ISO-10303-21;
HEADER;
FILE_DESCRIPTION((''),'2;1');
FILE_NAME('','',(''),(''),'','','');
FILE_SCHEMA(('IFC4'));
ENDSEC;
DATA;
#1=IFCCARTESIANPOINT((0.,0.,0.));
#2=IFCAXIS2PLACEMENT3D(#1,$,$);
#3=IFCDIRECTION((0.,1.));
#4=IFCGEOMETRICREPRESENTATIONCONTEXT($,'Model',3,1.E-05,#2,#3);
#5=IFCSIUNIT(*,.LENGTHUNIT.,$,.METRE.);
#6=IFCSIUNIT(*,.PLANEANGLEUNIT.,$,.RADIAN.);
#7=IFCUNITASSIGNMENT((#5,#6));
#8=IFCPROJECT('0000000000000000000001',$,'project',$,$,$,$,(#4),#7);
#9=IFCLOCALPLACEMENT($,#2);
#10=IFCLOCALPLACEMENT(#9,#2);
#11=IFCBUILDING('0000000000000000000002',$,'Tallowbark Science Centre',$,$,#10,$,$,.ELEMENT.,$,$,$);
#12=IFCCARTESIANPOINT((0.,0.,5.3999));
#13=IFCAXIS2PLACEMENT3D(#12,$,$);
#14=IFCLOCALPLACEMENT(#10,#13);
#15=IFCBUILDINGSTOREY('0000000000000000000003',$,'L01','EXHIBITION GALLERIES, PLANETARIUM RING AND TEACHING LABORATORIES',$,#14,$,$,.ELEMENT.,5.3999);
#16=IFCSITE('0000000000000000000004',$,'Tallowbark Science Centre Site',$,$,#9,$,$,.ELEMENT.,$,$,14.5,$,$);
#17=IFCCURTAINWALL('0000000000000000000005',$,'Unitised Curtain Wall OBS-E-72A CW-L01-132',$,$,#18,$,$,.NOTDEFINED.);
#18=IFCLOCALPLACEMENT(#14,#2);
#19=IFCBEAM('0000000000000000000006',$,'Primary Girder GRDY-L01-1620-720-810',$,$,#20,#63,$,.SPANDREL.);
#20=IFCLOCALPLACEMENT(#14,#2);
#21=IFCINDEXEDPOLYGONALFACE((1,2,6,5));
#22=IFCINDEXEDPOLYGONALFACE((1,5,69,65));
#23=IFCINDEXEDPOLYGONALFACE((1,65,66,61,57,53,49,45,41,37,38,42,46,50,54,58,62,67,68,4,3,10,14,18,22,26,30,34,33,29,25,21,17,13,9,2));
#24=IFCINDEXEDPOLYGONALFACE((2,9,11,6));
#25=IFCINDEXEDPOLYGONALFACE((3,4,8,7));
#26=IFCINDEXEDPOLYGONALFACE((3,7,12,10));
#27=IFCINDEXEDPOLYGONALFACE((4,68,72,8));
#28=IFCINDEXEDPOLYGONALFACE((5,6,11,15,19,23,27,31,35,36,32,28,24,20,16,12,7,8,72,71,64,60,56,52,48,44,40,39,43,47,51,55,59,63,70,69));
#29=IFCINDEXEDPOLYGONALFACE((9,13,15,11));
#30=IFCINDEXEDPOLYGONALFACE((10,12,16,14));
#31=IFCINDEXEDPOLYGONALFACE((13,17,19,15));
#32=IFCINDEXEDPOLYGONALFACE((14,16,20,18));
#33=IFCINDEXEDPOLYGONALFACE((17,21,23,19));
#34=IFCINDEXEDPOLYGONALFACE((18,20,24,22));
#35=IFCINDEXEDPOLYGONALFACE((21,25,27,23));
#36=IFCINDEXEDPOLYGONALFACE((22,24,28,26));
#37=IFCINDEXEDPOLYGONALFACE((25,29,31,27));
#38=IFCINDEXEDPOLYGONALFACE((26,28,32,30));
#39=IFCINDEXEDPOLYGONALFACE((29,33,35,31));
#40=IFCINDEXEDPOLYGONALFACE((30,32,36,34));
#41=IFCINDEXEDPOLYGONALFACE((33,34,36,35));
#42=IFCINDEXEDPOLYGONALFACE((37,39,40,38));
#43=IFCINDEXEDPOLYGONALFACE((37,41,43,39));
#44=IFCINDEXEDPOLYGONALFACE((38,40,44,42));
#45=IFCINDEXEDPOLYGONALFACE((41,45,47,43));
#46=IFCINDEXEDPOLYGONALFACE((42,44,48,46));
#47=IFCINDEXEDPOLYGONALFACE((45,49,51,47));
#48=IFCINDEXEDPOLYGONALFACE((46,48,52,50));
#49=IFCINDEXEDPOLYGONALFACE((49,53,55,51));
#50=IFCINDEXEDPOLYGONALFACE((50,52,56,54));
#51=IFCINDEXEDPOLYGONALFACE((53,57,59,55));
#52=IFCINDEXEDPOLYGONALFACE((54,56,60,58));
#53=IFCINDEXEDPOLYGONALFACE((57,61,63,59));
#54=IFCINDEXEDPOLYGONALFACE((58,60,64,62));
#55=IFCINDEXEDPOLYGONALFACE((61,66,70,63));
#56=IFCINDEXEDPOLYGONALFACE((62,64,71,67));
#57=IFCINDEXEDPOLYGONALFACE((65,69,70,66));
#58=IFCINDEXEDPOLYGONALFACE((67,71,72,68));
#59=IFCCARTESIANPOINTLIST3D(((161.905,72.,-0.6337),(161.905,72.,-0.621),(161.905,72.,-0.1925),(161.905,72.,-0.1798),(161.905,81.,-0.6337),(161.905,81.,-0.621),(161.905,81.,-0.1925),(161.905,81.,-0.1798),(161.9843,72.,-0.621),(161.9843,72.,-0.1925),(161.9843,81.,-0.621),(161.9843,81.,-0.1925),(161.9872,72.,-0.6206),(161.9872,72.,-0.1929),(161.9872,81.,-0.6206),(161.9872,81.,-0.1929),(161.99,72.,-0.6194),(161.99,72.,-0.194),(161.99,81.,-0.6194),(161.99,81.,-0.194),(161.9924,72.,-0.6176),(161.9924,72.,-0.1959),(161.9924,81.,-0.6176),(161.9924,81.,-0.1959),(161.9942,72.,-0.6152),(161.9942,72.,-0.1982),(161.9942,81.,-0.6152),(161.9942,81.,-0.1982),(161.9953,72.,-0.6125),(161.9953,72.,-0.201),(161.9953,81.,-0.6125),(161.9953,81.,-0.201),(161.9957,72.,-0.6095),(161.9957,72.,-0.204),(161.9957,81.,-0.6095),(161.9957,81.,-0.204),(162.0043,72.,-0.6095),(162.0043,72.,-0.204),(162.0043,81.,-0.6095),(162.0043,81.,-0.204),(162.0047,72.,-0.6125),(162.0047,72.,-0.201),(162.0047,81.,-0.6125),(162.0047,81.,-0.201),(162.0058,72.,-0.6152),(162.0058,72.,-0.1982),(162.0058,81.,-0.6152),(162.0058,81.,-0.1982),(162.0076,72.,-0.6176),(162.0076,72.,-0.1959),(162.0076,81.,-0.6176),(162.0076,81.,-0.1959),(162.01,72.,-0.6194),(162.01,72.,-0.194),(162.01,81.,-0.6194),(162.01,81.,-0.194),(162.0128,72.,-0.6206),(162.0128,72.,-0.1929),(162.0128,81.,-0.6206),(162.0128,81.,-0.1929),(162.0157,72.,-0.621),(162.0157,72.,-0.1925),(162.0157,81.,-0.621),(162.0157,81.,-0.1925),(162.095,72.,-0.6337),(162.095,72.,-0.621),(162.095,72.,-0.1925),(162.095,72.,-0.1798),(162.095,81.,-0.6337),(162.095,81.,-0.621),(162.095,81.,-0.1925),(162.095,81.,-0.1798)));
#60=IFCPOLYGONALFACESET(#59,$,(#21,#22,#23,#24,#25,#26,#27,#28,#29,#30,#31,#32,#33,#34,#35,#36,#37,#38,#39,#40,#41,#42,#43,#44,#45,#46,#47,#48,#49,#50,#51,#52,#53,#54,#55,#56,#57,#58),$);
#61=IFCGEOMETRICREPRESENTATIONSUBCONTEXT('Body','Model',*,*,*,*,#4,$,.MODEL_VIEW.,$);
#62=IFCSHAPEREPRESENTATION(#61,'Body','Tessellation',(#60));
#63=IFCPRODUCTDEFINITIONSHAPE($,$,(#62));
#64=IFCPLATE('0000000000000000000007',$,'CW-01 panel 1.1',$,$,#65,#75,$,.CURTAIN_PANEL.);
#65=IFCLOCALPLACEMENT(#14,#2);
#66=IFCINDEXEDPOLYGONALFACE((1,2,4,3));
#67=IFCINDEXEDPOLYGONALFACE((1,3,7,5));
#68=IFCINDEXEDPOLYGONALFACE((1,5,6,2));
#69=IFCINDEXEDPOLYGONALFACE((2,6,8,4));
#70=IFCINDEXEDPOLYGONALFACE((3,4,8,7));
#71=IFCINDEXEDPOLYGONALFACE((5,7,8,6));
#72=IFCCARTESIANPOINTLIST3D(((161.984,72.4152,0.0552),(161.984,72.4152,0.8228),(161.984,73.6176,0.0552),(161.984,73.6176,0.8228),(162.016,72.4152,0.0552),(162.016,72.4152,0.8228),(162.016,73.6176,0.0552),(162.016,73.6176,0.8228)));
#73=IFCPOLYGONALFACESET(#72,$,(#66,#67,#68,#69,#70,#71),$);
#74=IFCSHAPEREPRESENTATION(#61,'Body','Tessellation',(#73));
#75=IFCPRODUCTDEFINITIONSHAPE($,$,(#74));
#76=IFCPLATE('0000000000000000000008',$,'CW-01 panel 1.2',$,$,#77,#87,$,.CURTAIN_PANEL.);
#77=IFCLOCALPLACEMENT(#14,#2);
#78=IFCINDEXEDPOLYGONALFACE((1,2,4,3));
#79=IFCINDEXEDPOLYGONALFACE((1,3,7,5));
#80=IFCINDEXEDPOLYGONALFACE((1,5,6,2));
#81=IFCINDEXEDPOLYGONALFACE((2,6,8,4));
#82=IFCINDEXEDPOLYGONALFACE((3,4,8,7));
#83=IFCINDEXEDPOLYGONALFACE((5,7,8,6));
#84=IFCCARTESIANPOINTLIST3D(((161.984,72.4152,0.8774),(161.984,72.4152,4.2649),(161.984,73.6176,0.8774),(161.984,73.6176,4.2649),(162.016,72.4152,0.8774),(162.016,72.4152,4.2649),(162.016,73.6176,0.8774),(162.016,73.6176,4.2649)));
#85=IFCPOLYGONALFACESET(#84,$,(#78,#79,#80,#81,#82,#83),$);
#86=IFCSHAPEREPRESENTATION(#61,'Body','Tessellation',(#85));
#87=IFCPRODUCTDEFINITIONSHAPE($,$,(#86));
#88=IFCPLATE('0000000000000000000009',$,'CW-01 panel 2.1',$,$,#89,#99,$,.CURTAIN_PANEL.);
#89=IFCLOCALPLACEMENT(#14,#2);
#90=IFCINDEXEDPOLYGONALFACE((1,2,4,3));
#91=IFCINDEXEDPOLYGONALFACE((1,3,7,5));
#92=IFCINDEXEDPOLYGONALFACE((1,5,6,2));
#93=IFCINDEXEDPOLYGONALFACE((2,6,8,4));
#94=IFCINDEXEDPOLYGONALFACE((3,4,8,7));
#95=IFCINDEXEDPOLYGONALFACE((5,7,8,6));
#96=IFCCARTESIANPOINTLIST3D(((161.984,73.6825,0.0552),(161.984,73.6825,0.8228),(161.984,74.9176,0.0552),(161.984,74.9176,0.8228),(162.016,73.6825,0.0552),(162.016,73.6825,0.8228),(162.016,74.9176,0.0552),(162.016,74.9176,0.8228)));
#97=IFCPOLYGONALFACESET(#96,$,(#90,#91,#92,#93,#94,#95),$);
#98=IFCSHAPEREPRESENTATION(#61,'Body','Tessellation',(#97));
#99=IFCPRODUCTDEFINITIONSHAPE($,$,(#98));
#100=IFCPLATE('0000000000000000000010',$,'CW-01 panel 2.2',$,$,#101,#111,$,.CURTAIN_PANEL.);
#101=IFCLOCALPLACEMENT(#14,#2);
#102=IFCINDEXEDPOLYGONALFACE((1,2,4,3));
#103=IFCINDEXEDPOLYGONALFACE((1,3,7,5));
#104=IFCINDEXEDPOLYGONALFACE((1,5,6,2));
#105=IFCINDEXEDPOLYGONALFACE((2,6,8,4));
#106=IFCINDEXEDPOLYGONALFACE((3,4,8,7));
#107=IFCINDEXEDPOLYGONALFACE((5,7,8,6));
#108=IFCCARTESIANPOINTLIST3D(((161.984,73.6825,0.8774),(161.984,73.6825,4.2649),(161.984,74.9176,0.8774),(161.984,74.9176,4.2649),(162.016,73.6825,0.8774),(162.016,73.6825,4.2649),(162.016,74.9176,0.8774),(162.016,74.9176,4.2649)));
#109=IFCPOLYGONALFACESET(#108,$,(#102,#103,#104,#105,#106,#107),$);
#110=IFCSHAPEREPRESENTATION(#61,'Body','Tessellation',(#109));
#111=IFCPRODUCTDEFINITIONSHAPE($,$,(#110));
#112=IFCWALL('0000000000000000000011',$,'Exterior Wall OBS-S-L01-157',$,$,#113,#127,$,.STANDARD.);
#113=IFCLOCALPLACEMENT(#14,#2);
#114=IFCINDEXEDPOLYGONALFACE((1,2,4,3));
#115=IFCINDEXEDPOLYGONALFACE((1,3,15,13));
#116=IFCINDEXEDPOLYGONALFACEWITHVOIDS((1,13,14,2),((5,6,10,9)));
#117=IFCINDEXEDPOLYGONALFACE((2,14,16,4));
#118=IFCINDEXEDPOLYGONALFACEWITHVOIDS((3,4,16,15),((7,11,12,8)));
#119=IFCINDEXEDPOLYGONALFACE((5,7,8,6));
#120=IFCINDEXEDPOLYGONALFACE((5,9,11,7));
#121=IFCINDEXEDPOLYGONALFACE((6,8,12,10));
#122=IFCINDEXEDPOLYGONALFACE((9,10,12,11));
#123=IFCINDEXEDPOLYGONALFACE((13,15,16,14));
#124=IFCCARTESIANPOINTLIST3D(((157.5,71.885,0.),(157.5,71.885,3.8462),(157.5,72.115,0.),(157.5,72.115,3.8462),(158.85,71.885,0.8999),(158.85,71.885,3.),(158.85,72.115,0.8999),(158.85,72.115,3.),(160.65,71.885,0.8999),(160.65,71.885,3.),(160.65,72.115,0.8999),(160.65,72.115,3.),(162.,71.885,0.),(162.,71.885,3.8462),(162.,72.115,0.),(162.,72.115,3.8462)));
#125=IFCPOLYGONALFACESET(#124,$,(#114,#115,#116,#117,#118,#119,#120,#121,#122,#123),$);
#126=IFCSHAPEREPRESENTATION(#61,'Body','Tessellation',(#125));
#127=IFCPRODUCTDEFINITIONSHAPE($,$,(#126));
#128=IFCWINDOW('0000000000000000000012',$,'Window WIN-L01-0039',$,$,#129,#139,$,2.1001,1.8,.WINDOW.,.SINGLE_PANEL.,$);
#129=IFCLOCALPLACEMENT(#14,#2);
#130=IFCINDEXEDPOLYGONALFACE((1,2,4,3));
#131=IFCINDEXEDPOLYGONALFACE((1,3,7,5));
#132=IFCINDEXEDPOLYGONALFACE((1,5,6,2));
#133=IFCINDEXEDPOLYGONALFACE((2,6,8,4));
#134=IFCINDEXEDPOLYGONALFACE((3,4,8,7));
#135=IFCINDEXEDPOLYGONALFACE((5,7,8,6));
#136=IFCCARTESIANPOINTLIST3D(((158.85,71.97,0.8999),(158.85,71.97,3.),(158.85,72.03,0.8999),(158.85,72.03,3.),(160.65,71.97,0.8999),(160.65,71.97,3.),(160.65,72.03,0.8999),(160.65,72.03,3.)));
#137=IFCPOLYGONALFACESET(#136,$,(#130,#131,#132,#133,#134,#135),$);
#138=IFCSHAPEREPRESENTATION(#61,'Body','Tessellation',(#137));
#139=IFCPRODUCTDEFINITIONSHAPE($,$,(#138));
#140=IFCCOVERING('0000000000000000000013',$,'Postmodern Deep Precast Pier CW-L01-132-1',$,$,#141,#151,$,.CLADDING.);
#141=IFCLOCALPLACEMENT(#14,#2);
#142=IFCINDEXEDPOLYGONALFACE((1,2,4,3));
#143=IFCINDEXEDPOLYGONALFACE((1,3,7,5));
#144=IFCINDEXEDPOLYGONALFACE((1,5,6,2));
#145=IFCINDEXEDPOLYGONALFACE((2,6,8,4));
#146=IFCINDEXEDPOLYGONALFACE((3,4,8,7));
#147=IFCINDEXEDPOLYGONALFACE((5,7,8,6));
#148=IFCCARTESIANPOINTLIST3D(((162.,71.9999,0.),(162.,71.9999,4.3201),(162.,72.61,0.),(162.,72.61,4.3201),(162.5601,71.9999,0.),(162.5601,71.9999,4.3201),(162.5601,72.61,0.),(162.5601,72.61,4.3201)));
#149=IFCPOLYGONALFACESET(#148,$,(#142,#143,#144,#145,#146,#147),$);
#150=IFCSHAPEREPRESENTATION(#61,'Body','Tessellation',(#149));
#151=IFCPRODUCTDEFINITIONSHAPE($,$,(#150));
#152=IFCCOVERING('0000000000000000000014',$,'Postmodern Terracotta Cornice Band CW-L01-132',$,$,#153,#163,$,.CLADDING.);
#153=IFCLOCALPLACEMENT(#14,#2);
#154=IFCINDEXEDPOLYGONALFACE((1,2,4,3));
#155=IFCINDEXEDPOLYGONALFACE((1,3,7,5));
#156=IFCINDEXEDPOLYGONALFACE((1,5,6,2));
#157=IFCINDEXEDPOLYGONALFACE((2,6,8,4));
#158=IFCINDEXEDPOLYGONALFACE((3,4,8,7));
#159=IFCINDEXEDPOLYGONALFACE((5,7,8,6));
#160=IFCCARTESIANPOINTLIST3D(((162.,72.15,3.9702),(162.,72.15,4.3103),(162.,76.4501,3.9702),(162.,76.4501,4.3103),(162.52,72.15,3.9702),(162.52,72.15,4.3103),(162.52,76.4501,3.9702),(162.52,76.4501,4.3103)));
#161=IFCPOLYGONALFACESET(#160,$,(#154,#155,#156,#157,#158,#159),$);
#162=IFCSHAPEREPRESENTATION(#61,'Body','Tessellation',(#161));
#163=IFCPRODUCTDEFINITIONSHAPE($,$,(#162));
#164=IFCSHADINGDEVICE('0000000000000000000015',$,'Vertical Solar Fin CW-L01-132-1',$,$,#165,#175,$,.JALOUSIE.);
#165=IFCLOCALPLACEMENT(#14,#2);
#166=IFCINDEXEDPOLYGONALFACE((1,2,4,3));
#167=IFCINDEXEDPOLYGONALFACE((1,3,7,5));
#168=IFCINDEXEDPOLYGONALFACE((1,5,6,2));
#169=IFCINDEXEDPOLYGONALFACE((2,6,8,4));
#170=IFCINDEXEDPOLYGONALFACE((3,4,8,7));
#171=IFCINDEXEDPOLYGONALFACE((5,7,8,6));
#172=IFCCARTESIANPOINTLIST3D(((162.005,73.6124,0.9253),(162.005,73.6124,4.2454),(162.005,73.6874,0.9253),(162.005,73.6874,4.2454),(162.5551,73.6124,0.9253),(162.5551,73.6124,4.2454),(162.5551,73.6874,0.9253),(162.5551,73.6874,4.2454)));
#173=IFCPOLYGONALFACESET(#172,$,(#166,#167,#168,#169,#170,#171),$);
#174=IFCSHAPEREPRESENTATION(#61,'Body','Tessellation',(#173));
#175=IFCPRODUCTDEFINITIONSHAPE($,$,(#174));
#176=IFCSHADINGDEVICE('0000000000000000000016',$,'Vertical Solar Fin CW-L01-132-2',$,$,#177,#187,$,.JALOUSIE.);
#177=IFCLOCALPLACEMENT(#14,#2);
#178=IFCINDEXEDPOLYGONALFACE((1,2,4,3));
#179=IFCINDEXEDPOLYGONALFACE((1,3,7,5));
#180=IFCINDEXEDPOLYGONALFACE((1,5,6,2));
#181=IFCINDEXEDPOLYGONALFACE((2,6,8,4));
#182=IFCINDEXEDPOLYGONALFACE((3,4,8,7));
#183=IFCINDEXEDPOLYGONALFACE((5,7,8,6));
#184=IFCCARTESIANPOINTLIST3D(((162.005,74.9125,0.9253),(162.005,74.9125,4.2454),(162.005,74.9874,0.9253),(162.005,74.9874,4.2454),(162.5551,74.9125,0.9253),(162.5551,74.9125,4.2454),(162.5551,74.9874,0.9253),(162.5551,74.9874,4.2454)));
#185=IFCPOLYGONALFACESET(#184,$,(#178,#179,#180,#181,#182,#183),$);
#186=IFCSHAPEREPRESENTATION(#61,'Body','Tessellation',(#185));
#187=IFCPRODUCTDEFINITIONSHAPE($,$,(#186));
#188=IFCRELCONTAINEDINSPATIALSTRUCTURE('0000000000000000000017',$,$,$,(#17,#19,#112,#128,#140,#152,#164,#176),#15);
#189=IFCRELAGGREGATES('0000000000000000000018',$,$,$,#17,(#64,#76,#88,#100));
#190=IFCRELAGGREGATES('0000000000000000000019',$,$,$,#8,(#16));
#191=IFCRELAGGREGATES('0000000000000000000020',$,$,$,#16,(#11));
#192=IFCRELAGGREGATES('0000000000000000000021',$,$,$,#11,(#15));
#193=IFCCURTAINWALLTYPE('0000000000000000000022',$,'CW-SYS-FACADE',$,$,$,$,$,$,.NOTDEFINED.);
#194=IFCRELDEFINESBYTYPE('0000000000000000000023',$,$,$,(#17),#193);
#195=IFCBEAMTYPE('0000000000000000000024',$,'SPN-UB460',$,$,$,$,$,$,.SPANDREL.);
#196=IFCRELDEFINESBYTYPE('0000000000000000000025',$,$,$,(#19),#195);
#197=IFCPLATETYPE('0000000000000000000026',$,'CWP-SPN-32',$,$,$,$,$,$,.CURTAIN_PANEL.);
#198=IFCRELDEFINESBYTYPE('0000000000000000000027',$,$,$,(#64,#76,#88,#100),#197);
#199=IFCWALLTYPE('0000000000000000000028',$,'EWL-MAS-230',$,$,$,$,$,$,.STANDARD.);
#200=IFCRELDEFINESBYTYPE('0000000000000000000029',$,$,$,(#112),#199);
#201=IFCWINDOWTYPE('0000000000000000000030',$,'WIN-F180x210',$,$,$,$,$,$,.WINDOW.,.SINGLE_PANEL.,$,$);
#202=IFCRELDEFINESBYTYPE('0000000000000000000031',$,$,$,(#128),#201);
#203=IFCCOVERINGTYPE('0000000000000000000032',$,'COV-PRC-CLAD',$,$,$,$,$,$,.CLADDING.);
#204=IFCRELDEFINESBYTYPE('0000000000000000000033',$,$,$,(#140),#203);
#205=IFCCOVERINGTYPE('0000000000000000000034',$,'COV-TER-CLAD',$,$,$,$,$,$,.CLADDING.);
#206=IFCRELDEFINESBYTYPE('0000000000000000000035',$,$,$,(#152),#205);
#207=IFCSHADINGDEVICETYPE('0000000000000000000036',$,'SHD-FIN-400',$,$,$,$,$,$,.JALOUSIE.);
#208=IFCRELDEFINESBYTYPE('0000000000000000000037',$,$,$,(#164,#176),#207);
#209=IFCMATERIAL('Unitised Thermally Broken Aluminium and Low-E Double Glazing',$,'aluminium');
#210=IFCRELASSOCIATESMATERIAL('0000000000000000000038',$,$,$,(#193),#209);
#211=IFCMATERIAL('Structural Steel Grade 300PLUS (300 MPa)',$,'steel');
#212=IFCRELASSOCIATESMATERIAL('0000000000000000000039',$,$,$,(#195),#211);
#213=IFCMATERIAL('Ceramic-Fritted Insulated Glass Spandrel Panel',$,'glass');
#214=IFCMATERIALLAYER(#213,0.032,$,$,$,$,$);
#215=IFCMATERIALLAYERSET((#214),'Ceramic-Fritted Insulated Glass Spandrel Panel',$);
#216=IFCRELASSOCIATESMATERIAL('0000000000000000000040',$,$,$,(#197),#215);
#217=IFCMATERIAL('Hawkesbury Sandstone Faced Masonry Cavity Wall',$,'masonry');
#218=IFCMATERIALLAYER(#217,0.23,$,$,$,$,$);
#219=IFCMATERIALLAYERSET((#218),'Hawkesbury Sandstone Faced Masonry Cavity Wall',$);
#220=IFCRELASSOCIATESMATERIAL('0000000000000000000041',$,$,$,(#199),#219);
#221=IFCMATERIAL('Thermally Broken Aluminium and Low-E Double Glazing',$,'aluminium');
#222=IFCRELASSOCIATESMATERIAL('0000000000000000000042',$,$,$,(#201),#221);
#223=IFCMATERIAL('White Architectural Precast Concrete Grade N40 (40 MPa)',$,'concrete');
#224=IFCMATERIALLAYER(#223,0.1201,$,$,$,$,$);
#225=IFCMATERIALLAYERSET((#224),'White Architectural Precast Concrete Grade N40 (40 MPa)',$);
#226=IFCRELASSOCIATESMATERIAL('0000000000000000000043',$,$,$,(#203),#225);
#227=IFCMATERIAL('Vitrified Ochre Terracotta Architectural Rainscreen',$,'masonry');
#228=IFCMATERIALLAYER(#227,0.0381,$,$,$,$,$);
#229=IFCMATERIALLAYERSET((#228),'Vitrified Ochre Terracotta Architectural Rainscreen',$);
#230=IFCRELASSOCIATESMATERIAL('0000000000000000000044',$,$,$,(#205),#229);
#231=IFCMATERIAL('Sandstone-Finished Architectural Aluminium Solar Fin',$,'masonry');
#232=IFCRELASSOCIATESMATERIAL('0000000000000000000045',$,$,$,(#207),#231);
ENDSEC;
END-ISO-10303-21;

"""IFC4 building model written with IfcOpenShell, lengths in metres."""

from ifc_helpers import new_model, si_unit, direction, frame, frame_2d, origin, origin_2d, place, context, subcontext, project, spatial, rectangle, i_section, extrude, material, layer, layer_set, material_profile, profile_set, type_object, element, fill, aggregate, save


model = new_model("IFC4")

# Units and contexts
model_context = context("Model", 3, precision=1e-05, world=origin(), true_north=direction((0.0, 1.0)))
body_context = subcontext(model_context, "Body", "Model", "MODEL_VIEW")
ifc_project = project(units=[si_unit("LENGTHUNIT", "METRE"), si_unit("PLANEANGLEUNIT", "RADIAN")], contexts=[model_context])

# Site, building, storey
site_placement = place(None, origin())
site = spatial("IfcSite", under=ifc_project, at=site_placement, Name="Tallowbark Science Centre Site", CompositionType="ELEMENT", RefElevation=14.5)
building_placement = place(site_placement, origin())
building = spatial("IfcBuilding", under=site, at=building_placement, Name="Tallowbark Science Centre", CompositionType="ELEMENT")
storey_placement = place(building_placement, frame((0.0, 0.0, 5.3999)))
storey = spatial("IfcBuildingStorey", under=building, at=storey_placement, Name="L01", Description="EXHIBITION GALLERIES, PLANETARIUM RING AND TEACHING LABORATORIES", CompositionType="ELEMENT", Elevation=5.3999)

# Shared definitions
ifc_material_1 = material(Name="Structural Steel Grade 300PLUS (300 MPa)", Category="steel")

# Curtain wall
ifc_material_2 = material(Name="Unitised Thermally Broken Aluminium and Low-E Double Glazing", Category="aluminium")
curtain_wall_type = type_object("IfcCurtainWallType", Name="CW-SYS-FACADE", PredefinedType="NOTDEFINED", material=ifc_material_2)
curtain_wall_placement = place(storey_placement, origin())
curtain_wall = element("IfcCurtainWall", 1, at=curtain_wall_placement, inside=storey, type_object=curtain_wall_type, Name="Unitised Curtain Wall OBS-E-72A CW-L01-132", PredefinedType="NOTDEFINED")

# Beam
ifc_material_profile_1 = material_profile(ifc_material_1, i_section(OverallWidth=0.1899, OverallDepth=0.4539, WebThickness=0.0085, FlangeThickness=0.0127, FilletRadius=0.0115, at=origin_2d()), Name="460UB67.1")
ifc_profile_set_1 = profile_set([ifc_material_profile_1], Name="Structural Steel Grade 300PLUS (300 MPa)")
beam_type_1 = type_object("IfcBeamType", Name="SPN-UB460", PredefinedType="SPANDREL", material=ifc_profile_set_1)
for number, where, z_axis, x_axis, name in (
    (2, (162.0, 72.0, -0.4067), (0.0, 1.0, 0.0), (-1.0, 0.0, 0.0), "Primary Girder GRDY-L01-1620-720-810"),
):
    element("IfcBeam", number, at=place(storey_placement, frame(where, z_axis=z_axis, x_axis=x_axis)), inside=storey, type_object=beam_type_1, Name=name, PredefinedType="SPANDREL", context=body_context, shape_type="SweptSolid", body=[
        extrude(i_section(OverallWidth=0.1899, OverallDepth=0.4539, WebThickness=0.0085, FlangeThickness=0.0127, FilletRadius=0.0115, at=origin_2d()), origin(), (0.0, 0.0, 1.0), 9.0),
    ])

# Plates
ifc_material_3 = material(Name="Ceramic-Fritted Insulated Glass Spandrel Panel", Category="glass")
ifc_layer_1 = layer(ifc_material_3, 0.032)
ifc_layer_set_1 = layer_set([ifc_layer_1], Name="Ceramic-Fritted Insulated Glass Spandrel Panel")
plate_type = type_object("IfcPlateType", Name="CWP-SPN-32", PredefinedType="CURTAIN_PANEL", material=ifc_layer_set_1)
plate_1_placement = place(storey_placement, frame((162.0, 73.0164, 0.0552), z_axis=(0.0, 0.0, 1.0), x_axis=(0.0, 1.0, 0.0)))
plate_1 = element("IfcPlate", 3, at=plate_1_placement, type_object=plate_type, Name="CW-01 panel 1.1", PredefinedType="CURTAIN_PANEL", context=body_context, shape_type="SweptSolid", body=[
    extrude(rectangle(XDim=1.2024, YDim=0.032, at=origin_2d()), origin(), (0.0, 0.0, 1.0), 0.7676),
])
plate_2_placement = place(storey_placement, frame((162.0, 73.0164, 0.8774), z_axis=(0.0, 0.0, 1.0), x_axis=(0.0, 1.0, 0.0)))
plate_2 = element("IfcPlate", 4, at=plate_2_placement, type_object=plate_type, Name="CW-01 panel 1.2", PredefinedType="CURTAIN_PANEL", context=body_context, shape_type="SweptSolid", body=[
    extrude(rectangle(XDim=1.2024, YDim=0.032, at=origin_2d()), origin(), (0.0, 0.0, 1.0), 3.3875),
])
plate_3_placement = place(storey_placement, frame((162.0, 74.3, 0.0552), z_axis=(0.0, 0.0, 1.0), x_axis=(0.0, 1.0, 0.0)))
plate_3 = element("IfcPlate", 5, at=plate_3_placement, type_object=plate_type, Name="CW-01 panel 2.1", PredefinedType="CURTAIN_PANEL", context=body_context, shape_type="SweptSolid", body=[
    extrude(rectangle(XDim=1.2351, YDim=0.032, at=origin_2d()), origin(), (0.0, 0.0, 1.0), 0.7676),
])
plate_4_placement = place(storey_placement, frame((162.0, 74.3, 0.8774), z_axis=(0.0, 0.0, 1.0), x_axis=(0.0, 1.0, 0.0)))
plate_4 = element("IfcPlate", 6, at=plate_4_placement, type_object=plate_type, Name="CW-01 panel 2.2", PredefinedType="CURTAIN_PANEL", context=body_context, shape_type="SweptSolid", body=[
    extrude(rectangle(XDim=1.2351, YDim=0.032, at=origin_2d()), origin(), (0.0, 0.0, 1.0), 3.3875),
])
aggregate(curtain_wall, [plate_1, plate_2, plate_3, plate_4])

# Wall, opening, window
ifc_material_4 = material(Name="Hawkesbury Sandstone Faced Masonry Cavity Wall", Category="masonry")
ifc_layer_2 = layer(ifc_material_4, 0.23)
ifc_layer_set_2 = layer_set([ifc_layer_2], Name="Hawkesbury Sandstone Faced Masonry Cavity Wall")
wall_type = type_object("IfcWallType", Name="EWL-MAS-230", PredefinedType="STANDARD", material=ifc_layer_set_2)
wall_placement = place(storey_placement, frame((157.5, 72.0, 0.0), z_axis=(0.0, 0.0, 1.0), x_axis=(1.0, 0.0, 0.0)))
wall = element("IfcWall", 7, at=wall_placement, inside=storey, type_object=wall_type, Name="Exterior Wall OBS-S-L01-157", PredefinedType="STANDARD", context=body_context, shape_type="SweptSolid", body=[
    extrude(rectangle(XDim=4.5, YDim=0.23, at=frame_2d((2.25, 0.0))), origin(), (0.0, 0.0, 1.0), 3.8462),
])
opening_placement = place(wall_placement, frame((1.3501, 0.0, 0.8999)))
opening = element("IfcOpeningElement", 8, at=opening_placement, cuts=wall, PredefinedType="OPENING", context=body_context, shape_type="SweptSolid", body=[
    extrude(rectangle(XDim=1.8, YDim=2.1001, at=frame_2d((0.8999, 1.05))), frame((0.0, 0.125, 0.0), z_axis=(0.0, -1.0, 0.0), x_axis=(1.0, 0.0, 0.0)), (0.0, 0.0, 1.0), 0.25),
])
ifc_material_5 = material(Name="Thermally Broken Aluminium and Low-E Double Glazing", Category="aluminium")
window_type = type_object("IfcWindowType", Name="WIN-F180x210", PartitioningType="SINGLE_PANEL", PredefinedType="WINDOW", material=ifc_material_5)
window_placement = place(opening_placement, origin())
window = element("IfcWindow", 9, at=window_placement, inside=storey, type_object=window_type, Name="Window WIN-L01-0039", OverallHeight=2.1001, OverallWidth=1.8, PartitioningType="SINGLE_PANEL", PredefinedType="WINDOW", context=body_context, shape_type="SweptSolid", body=[
    extrude(rectangle(XDim=1.8, YDim=2.1001, at=frame_2d((0.8999, 1.05))), frame((0.0, 0.03, 0.0), z_axis=(0.0, -1.0, 0.0), x_axis=(1.0, 0.0, 0.0)), (0.0, 0.0, 1.0), 0.0601),
])
fill(opening, window)

# Coverings
ifc_material_6 = material(Name="White Architectural Precast Concrete Grade N40 (40 MPa)", Category="concrete")
ifc_layer_3 = layer(ifc_material_6, 0.1201)
ifc_layer_set_3 = layer_set([ifc_layer_3], Name="White Architectural Precast Concrete Grade N40 (40 MPa)")
covering_type_1 = type_object("IfcCoveringType", Name="COV-PRC-CLAD", PredefinedType="CLADDING", material=ifc_layer_set_3)
covering_1_placement = place(storey_placement, frame((162.28, 72.3049, 0.0), z_axis=(0.0, 0.0, 1.0), x_axis=(0.0, 1.0, 0.0)))
element("IfcCovering", 10, at=covering_1_placement, inside=storey, type_object=covering_type_1, Name="Postmodern Deep Precast Pier CW-L01-132-1", PredefinedType="CLADDING", context=body_context, shape_type="SweptSolid", body=[
    extrude(rectangle(XDim=0.6101, YDim=0.5601, at=origin_2d()), origin(), (0.0, 0.0, 1.0), 4.3201),
])
ifc_material_7 = material(Name="Vitrified Ochre Terracotta Architectural Rainscreen", Category="masonry")
ifc_layer_4 = layer(ifc_material_7, 0.0381)
ifc_layer_set_4 = layer_set([ifc_layer_4], Name="Vitrified Ochre Terracotta Architectural Rainscreen")
covering_type_2 = type_object("IfcCoveringType", Name="COV-TER-CLAD", PredefinedType="CLADDING", material=ifc_layer_set_4)
covering_2_placement = place(storey_placement, frame((162.26, 74.3, 3.9702), z_axis=(0.0, 0.0, 1.0), x_axis=(0.0, 1.0, 0.0)))
element("IfcCovering", 11, at=covering_2_placement, inside=storey, type_object=covering_type_2, Name="Postmodern Terracotta Cornice Band CW-L01-132", PredefinedType="CLADDING", context=body_context, shape_type="SweptSolid", body=[
    extrude(rectangle(XDim=4.3, YDim=0.52, at=origin_2d()), origin(), (0.0, 0.0, 1.0), 0.3401),
])

# Shading devices
ifc_material_8 = material(Name="Sandstone-Finished Architectural Aluminium Solar Fin", Category="masonry")
shading_device_type = type_object("IfcShadingDeviceType", Name="SHD-FIN-400", PredefinedType="JALOUSIE", material=ifc_material_8)
for number, where, z_axis, x_axis, name in (
    (12, (162.28, 73.6499, 0.9253), (0.0, 0.0, 1.0), (0.0, 1.0, 0.0), "Vertical Solar Fin CW-L01-132-1"),
    (13, (162.28, 74.95, 0.9253), (0.0, 0.0, 1.0), (0.0, 1.0, 0.0), "Vertical Solar Fin CW-L01-132-2"),
):
    element("IfcShadingDevice", number, at=place(storey_placement, frame(where, z_axis=z_axis, x_axis=x_axis)), inside=storey, type_object=shading_device_type, Name=name, PredefinedType="JALOUSIE", context=body_context, shape_type="SweptSolid", body=[
        extrude(rectangle(XDim=0.075, YDim=0.55, at=origin_2d()), origin(), (0.0, 0.0, 1.0), 3.3201),
    ])

save(model, "model.ifc")
